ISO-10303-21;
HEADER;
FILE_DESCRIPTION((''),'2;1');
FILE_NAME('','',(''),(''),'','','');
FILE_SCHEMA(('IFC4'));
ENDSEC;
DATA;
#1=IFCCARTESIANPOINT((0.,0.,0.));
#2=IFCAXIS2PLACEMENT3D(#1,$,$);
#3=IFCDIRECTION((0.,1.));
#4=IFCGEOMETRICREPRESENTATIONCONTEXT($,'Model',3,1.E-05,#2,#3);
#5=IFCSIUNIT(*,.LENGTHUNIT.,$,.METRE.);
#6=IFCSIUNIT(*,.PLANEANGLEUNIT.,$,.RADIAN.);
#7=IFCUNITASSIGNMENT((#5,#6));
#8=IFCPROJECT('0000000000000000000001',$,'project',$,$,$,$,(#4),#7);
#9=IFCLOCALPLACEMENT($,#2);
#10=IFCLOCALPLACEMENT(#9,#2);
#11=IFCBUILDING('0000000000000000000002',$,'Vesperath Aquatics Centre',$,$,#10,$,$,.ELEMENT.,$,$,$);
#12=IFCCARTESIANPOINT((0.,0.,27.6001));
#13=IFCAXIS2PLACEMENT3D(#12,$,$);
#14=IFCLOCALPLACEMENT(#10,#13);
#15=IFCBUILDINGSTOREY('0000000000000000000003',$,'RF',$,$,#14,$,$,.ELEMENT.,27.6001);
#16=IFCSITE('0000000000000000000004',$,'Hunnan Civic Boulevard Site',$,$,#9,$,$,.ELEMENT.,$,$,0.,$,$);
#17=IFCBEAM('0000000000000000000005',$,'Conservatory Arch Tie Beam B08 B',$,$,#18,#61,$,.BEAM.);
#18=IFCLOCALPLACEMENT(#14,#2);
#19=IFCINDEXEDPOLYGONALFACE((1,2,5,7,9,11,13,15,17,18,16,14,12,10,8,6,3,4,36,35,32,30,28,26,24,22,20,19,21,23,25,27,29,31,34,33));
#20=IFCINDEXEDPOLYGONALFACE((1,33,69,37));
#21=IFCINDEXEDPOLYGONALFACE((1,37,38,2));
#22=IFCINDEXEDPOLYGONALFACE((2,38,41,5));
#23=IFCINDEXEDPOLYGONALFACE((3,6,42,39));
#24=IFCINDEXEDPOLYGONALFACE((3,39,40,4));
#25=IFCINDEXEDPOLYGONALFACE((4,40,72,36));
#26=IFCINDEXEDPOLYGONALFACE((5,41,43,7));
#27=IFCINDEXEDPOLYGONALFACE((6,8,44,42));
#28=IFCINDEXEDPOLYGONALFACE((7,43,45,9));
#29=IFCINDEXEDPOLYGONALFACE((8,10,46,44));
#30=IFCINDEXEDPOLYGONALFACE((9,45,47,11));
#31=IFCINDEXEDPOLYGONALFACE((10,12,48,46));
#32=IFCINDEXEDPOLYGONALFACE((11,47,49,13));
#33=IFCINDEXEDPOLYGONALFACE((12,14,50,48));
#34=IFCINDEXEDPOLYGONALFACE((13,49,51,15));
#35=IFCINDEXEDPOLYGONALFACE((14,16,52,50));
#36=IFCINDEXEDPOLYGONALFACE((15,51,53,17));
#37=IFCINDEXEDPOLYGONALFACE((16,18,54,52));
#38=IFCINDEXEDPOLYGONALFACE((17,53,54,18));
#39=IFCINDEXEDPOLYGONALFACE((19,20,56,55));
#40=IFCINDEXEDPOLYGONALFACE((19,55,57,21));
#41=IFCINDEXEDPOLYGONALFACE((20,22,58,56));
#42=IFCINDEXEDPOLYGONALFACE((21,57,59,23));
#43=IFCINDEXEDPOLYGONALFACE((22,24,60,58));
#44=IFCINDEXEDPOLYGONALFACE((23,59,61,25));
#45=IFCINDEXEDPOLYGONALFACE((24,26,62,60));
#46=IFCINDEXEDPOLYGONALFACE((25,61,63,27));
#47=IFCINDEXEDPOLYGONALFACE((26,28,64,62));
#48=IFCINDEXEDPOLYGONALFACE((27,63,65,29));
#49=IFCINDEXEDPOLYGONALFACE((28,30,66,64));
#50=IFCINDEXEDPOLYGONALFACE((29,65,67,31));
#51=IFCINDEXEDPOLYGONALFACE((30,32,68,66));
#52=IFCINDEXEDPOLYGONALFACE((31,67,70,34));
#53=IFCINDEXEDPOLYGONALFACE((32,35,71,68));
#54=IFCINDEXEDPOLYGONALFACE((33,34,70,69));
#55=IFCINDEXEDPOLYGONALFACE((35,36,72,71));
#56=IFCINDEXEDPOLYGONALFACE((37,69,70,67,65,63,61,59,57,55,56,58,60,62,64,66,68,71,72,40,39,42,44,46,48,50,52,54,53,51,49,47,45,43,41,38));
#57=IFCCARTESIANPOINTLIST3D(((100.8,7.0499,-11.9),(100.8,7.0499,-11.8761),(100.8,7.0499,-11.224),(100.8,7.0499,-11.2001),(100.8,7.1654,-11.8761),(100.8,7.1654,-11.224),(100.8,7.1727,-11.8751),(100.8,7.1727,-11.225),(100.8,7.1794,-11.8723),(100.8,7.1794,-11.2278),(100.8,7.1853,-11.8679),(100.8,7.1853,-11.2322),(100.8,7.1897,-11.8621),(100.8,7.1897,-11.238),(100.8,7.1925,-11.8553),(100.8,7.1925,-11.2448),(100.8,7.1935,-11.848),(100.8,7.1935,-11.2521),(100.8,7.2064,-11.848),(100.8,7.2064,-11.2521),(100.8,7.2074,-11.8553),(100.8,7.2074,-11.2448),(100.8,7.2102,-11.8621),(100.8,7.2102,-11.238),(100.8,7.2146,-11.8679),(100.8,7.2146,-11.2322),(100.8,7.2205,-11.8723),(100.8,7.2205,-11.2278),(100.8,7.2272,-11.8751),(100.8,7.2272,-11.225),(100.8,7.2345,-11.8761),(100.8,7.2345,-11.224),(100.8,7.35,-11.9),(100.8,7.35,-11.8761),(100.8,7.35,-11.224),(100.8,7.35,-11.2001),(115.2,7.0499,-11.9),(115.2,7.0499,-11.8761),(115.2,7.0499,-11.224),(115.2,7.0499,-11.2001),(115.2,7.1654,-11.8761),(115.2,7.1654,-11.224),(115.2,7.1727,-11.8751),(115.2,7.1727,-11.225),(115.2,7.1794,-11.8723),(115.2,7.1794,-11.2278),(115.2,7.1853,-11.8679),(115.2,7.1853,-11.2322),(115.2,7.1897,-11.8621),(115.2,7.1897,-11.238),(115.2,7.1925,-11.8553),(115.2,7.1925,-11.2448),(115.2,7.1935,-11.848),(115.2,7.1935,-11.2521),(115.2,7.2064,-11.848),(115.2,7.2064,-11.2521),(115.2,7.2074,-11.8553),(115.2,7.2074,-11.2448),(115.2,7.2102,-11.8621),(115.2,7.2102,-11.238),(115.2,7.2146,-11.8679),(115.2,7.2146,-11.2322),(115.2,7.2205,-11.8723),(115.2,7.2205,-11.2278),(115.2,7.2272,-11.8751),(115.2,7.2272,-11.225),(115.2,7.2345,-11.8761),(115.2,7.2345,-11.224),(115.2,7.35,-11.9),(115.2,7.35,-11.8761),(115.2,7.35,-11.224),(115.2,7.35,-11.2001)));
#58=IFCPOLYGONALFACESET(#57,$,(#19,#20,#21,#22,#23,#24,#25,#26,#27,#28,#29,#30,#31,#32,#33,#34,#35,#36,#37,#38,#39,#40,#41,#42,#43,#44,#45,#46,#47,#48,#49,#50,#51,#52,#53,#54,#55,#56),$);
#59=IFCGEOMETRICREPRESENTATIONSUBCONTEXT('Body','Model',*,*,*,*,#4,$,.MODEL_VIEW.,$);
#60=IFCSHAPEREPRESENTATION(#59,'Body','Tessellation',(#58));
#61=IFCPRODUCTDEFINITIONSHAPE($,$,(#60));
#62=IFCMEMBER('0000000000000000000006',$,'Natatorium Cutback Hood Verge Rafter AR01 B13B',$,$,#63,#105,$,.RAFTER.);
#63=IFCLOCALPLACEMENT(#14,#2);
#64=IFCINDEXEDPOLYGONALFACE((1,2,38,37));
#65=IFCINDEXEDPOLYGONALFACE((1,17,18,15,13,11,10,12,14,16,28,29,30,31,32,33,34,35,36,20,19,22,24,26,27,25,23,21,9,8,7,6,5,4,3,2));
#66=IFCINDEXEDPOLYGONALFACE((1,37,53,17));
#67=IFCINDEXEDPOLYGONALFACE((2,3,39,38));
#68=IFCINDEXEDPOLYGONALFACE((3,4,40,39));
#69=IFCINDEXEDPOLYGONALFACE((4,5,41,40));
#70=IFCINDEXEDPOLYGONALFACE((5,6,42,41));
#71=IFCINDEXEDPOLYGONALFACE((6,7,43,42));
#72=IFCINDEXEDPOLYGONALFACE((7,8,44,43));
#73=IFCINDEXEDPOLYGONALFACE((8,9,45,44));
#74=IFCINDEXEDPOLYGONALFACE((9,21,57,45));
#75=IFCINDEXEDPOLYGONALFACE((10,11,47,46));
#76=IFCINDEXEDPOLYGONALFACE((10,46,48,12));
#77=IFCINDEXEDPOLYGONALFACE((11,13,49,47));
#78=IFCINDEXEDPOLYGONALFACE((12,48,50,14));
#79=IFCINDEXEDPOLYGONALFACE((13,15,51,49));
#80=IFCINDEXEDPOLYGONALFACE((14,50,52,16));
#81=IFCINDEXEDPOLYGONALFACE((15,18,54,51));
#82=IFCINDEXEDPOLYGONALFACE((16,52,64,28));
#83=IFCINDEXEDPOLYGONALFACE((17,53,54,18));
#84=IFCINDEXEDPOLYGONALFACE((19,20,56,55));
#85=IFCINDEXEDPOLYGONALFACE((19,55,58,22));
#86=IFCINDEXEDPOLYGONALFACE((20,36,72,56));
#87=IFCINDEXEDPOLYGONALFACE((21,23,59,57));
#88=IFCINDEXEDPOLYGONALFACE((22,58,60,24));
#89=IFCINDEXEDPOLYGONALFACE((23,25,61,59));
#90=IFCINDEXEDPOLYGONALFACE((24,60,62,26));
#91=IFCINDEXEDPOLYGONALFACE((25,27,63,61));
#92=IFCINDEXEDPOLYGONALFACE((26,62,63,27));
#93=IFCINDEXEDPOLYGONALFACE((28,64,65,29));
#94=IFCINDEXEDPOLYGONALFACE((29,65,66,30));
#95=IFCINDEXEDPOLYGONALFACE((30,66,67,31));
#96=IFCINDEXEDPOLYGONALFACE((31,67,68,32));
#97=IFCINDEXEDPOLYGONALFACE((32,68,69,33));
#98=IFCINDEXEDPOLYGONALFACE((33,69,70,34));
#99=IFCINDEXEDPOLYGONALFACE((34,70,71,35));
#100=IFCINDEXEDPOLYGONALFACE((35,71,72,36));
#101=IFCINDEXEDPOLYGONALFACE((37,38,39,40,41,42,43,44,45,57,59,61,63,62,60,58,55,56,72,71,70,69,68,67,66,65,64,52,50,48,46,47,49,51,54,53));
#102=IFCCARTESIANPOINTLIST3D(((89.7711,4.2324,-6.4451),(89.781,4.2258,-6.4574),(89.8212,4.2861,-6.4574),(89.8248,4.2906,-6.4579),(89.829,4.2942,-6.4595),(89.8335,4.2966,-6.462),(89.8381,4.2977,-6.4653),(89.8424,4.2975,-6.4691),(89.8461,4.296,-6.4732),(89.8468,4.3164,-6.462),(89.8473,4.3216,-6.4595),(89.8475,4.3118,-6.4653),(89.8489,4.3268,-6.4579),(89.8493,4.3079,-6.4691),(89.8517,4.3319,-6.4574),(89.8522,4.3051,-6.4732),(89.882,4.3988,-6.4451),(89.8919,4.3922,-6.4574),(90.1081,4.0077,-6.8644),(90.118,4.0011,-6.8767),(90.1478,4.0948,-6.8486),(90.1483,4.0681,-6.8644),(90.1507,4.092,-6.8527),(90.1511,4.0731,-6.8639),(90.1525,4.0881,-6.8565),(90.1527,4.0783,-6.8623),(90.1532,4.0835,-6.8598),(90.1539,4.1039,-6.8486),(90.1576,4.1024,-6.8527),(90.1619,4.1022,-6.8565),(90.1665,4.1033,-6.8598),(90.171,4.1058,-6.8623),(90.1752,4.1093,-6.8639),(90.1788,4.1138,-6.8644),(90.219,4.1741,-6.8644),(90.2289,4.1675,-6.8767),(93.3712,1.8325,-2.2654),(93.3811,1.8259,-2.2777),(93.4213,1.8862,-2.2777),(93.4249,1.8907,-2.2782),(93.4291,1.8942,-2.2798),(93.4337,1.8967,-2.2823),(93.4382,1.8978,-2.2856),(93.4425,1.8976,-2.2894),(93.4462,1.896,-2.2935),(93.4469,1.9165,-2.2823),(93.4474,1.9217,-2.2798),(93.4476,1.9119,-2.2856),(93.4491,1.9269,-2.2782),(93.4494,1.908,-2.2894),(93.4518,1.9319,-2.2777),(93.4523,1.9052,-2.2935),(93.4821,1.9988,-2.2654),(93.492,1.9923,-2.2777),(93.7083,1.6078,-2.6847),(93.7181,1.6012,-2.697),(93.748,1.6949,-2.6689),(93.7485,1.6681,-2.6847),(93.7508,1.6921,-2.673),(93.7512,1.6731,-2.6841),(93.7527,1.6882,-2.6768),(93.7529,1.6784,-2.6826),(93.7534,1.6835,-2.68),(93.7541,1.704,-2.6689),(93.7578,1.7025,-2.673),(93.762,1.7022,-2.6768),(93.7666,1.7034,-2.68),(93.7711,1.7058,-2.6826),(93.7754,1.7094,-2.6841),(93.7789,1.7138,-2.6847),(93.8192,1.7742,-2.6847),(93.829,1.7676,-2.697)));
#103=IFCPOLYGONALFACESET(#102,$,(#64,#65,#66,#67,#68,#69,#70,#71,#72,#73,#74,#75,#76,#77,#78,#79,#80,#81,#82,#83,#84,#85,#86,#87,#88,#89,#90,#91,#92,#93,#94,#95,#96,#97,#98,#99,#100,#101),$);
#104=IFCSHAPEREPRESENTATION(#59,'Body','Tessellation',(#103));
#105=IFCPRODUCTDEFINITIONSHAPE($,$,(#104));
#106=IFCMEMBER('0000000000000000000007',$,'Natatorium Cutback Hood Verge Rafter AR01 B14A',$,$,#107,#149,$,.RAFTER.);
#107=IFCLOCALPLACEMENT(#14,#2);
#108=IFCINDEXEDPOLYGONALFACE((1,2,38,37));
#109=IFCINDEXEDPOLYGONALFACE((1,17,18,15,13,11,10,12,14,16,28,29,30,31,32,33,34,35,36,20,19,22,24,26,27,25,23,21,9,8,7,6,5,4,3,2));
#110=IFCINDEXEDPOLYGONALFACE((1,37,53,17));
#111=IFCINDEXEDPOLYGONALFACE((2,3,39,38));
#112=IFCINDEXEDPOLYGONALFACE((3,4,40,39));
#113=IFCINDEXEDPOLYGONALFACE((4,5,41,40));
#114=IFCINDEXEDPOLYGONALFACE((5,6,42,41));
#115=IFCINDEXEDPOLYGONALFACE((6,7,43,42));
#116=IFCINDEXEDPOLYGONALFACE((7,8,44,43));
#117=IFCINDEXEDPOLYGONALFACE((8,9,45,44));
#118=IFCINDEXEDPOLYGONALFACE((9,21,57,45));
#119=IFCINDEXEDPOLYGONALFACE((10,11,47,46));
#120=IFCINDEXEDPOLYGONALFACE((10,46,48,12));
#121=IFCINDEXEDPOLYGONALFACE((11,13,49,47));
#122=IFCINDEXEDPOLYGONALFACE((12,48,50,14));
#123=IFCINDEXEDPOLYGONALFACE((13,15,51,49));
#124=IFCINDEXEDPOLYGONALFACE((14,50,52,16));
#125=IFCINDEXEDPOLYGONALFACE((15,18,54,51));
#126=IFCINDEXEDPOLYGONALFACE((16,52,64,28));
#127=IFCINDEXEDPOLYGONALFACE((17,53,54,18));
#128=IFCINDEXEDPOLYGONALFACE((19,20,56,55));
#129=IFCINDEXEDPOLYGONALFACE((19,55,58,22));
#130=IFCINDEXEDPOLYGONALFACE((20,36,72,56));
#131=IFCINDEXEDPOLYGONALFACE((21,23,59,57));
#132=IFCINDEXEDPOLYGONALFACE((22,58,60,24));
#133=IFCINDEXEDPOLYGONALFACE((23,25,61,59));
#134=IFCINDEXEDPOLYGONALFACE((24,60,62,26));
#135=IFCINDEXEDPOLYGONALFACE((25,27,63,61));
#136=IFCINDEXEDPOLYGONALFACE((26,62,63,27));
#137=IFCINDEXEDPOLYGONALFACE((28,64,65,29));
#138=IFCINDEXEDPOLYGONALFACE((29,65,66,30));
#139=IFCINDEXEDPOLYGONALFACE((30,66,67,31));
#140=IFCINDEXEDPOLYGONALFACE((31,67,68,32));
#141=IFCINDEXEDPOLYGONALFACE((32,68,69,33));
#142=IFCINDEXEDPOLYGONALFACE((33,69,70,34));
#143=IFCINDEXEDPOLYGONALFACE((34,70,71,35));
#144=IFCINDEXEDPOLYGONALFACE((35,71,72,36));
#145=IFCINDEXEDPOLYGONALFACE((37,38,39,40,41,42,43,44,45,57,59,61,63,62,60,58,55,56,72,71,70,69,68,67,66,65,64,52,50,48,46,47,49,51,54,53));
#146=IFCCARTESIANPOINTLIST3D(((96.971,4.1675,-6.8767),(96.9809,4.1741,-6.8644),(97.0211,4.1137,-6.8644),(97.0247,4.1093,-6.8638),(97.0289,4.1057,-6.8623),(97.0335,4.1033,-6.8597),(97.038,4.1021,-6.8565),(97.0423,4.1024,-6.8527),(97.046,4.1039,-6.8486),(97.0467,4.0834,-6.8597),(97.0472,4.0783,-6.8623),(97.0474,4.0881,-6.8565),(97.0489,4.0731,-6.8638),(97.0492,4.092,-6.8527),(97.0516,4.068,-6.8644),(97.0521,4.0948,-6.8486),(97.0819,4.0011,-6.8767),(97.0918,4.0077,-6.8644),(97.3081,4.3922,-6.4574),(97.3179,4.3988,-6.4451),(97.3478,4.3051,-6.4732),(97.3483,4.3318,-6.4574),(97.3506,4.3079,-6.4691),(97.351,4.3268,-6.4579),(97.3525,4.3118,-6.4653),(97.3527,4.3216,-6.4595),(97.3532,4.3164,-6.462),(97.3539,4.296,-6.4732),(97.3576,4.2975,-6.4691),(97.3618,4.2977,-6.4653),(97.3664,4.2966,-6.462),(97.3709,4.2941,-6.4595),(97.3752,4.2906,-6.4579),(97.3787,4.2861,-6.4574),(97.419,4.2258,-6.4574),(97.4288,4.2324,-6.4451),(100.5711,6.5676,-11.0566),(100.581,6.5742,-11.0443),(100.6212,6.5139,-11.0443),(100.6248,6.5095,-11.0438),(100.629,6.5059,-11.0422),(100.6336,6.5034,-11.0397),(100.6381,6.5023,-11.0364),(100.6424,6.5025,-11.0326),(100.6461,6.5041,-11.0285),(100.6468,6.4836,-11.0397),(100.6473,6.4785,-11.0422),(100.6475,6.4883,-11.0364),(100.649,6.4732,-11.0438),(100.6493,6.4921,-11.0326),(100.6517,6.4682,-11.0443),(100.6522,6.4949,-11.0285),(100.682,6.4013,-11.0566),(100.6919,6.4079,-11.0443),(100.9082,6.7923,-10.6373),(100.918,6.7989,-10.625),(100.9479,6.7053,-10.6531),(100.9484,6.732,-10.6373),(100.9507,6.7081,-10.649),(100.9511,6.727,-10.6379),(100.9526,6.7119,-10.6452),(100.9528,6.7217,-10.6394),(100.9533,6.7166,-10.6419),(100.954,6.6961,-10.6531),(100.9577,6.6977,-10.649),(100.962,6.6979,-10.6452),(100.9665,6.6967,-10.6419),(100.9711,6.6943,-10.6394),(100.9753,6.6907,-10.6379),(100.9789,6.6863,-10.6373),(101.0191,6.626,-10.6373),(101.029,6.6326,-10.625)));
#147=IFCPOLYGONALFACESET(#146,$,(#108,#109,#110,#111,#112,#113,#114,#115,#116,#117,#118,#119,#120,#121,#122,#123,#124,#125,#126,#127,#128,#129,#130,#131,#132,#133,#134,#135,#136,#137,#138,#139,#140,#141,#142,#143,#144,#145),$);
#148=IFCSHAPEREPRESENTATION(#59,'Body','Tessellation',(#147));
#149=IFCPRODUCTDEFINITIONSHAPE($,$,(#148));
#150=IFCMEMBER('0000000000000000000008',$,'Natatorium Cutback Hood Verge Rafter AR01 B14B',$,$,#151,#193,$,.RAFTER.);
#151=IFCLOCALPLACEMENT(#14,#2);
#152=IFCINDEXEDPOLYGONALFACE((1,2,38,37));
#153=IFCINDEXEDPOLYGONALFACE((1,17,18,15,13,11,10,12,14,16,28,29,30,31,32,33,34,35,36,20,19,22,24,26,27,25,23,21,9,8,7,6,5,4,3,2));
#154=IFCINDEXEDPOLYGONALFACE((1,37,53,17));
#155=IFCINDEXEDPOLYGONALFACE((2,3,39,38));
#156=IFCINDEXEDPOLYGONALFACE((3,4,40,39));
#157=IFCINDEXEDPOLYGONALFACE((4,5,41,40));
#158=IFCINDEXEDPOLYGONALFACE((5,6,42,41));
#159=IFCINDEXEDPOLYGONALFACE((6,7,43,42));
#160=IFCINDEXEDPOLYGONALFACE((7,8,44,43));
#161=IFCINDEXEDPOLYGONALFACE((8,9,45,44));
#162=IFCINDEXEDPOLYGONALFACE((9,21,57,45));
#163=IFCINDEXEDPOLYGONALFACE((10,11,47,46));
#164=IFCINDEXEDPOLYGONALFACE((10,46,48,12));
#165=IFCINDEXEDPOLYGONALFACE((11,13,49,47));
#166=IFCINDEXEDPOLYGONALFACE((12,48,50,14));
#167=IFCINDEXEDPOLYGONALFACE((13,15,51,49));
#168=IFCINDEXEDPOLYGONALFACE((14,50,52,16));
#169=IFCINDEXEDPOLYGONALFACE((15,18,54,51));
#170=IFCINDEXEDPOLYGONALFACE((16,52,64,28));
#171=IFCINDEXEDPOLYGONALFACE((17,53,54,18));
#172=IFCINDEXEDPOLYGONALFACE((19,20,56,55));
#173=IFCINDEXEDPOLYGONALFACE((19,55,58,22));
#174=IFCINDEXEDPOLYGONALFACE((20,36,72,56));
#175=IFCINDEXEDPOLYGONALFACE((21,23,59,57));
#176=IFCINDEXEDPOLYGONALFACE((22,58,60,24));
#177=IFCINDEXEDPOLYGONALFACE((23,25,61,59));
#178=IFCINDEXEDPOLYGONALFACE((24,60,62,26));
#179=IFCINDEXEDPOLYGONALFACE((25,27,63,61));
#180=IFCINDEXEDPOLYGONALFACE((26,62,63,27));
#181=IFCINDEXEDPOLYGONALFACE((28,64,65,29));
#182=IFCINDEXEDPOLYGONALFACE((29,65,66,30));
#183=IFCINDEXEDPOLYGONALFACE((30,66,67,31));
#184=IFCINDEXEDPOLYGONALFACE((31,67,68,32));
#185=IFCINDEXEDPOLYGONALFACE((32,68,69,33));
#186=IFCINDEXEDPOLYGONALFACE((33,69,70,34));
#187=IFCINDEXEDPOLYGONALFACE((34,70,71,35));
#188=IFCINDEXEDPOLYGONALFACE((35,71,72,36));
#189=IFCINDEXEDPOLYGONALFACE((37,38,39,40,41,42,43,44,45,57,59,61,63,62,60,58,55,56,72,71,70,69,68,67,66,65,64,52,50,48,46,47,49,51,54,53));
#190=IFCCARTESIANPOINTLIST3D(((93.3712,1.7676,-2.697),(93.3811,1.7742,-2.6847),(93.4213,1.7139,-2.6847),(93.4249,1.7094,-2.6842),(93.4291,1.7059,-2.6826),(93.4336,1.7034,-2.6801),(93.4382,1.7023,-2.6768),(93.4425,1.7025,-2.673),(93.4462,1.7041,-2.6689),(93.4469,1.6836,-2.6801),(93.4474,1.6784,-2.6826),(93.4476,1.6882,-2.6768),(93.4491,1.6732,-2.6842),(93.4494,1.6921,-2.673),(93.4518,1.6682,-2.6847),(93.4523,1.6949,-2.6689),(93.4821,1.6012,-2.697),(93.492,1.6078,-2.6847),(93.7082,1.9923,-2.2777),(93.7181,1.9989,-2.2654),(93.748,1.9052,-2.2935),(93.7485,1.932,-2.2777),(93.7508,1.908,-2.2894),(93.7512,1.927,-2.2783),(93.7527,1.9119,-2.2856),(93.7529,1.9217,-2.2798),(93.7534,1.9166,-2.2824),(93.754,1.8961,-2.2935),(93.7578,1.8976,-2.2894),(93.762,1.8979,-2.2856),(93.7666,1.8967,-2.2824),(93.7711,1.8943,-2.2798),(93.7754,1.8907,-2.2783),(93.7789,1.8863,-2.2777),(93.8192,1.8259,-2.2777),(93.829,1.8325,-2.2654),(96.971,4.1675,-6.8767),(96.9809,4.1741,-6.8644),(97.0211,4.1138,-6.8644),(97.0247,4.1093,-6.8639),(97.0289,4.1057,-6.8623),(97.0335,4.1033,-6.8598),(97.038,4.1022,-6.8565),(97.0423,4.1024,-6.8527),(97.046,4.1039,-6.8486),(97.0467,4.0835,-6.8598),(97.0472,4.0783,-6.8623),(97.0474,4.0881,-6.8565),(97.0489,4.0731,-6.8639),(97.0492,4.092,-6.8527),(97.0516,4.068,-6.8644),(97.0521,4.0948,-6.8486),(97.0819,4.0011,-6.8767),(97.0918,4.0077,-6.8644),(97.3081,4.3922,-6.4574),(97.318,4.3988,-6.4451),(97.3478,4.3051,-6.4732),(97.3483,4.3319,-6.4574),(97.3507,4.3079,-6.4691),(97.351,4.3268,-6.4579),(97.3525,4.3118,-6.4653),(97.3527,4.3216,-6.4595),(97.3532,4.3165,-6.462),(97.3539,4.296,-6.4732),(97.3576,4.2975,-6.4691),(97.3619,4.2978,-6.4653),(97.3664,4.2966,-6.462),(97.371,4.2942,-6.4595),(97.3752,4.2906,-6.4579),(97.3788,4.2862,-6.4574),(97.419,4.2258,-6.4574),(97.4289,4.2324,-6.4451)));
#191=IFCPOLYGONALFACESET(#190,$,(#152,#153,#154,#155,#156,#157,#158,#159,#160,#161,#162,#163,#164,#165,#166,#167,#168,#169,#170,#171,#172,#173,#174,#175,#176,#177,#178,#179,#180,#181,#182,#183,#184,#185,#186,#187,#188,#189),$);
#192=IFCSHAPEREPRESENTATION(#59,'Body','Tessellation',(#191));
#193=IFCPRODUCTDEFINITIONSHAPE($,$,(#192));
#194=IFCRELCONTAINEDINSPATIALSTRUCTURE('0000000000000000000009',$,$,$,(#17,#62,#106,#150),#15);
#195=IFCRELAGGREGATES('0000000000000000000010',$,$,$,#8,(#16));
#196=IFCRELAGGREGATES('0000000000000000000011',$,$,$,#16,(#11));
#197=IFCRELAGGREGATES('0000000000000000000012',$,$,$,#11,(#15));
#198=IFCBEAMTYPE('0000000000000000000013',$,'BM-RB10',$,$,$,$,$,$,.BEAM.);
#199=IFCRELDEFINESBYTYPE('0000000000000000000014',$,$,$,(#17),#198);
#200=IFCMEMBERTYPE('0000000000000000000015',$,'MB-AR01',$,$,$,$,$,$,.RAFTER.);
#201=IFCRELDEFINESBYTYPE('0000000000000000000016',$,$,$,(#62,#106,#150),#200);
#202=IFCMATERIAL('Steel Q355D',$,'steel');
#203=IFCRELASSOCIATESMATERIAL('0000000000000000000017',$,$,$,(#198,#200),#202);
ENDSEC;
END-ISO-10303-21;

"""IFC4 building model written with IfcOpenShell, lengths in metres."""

from ifc_helpers import new_model, si_unit, direction, frame, origin, origin_2d, place, context, subcontext, project, spatial, i_section, extrude, material, material_profile, profile_set, type_object, element, save


model = new_model("IFC4")

# Units and contexts
model_context = context("Model", 3, precision=1e-05, world=origin(), true_north=direction((0.0, 1.0)))
body_context = subcontext(model_context, "Body", "Model", "MODEL_VIEW")
ifc_project = project(units=[si_unit("LENGTHUNIT", "METRE"), si_unit("PLANEANGLEUNIT", "RADIAN")], contexts=[model_context])

# Site, building, storey
site_placement = place(None, origin())
site = spatial("IfcSite", under=ifc_project, at=site_placement, Name="Hunnan Civic Boulevard Site", CompositionType="ELEMENT", RefElevation=0.0)
building_placement = place(site_placement, origin())
building = spatial("IfcBuilding", under=site, at=building_placement, Name="Vesperath Aquatics Centre", CompositionType="ELEMENT")
storey_placement = place(building_placement, frame((0.0, 0.0, 27.6001)))
storey = spatial("IfcBuildingStorey", under=building, at=storey_placement, Name="RF", CompositionType="ELEMENT", Elevation=27.6001)

# Beam
ifc_material_1 = material(Name="Steel Q355D", Category="steel")
ifc_material_profile_1 = material_profile(ifc_material_1, i_section(OverallWidth=0.3, OverallDepth=0.7, WebThickness=0.0129, FlangeThickness=0.0239, FilletRadius=0.0281, at=origin_2d()), Name="HN 700x300x13x24")
ifc_profile_set_1 = profile_set([ifc_material_profile_1], Name="Steel Q355D")
beam_type = type_object("IfcBeamType", Name="BM-RB10", PredefinedType="BEAM", material=ifc_profile_set_1)
beam_placement = place(storey_placement, frame((100.8, 7.2, -11.55), z_axis=(1.0, 0.0, 0.0), x_axis=(0.0, 1.0, 0.0)))
element("IfcBeam", 1, at=beam_placement, inside=storey, type_object=beam_type, Name="Conservatory Arch Tie Beam B08 B", PredefinedType="BEAM", context=body_context, shape_type="SweptSolid", body=[
    extrude(i_section(OverallWidth=0.3, OverallDepth=0.7, WebThickness=0.0129, FlangeThickness=0.0239, FilletRadius=0.0281, at=origin_2d()), origin(), (0.0, 0.0, 1.0), 14.3999),
])

# Members
ifc_material_profile_2 = material_profile(ifc_material_1, i_section(OverallWidth=0.2, OverallDepth=0.6001, WebThickness=0.011, FlangeThickness=0.0171, FilletRadius=0.022, at=origin_2d()), Name="HN 600x200x11x17")
ifc_profile_set_2 = profile_set([ifc_material_profile_2], Name="Steel Q355D")
member_type_1 = type_object("IfcMemberType", Name="MB-AR01", PredefinedType="RAFTER", material=ifc_profile_set_2)
member_1_placement = place(storey_placement, frame((90.0, 4.2, -6.6609), z_axis=(0.598439, -0.398932, 0.694783), x_axis=(0.554674, 0.832068, 0.0)))
element("IfcMember", 2, at=member_1_placement, inside=storey, type_object=member_type_1, Name="Natatorium Cutback Hood Verge Rafter AR01 B13B", PredefinedType="RAFTER", context=body_context, shape_type="SweptSolid", body=[
    extrude(i_section(OverallWidth=0.2, OverallDepth=0.6001, WebThickness=0.011, FlangeThickness=0.0171, FilletRadius=0.022, at=origin_2d()), origin(), (0.0, 0.0, 1.0), 6.0159),
])
member_2_placement = place(storey_placement, frame((100.8, 6.6001, -10.8408), z_axis=(-0.598412, -0.398955, 0.694793), x_axis=(0.554713, -0.832042, 0.0)))
element("IfcMember", 3, at=member_2_placement, inside=storey, type_object=member_type_1, Name="Natatorium Cutback Hood Verge Rafter AR01 B14A", PredefinedType="RAFTER", context=body_context, shape_type="SweptSolid", body=[
    extrude(i_section(OverallWidth=0.2, OverallDepth=0.6001, WebThickness=0.011, FlangeThickness=0.0171, FilletRadius=0.022, at=origin_2d()), origin(), (0.0, 0.0, 1.0), 6.0161),
])
member_3_placement = place(storey_placement, frame((97.2, 4.2, -6.6609), z_axis=(-0.598413, -0.398942, 0.6948), x_axis=(0.5547, -0.83205, 0.0)))
element("IfcMember", 4, at=member_3_placement, inside=storey, type_object=member_type_1, Name="Natatorium Cutback Hood Verge Rafter AR01 B14B", PredefinedType="RAFTER", context=body_context, shape_type="SweptSolid", body=[
    extrude(i_section(OverallWidth=0.2, OverallDepth=0.6001, WebThickness=0.011, FlangeThickness=0.0171, FilletRadius=0.022, at=origin_2d()), origin(), (0.0, 0.0, 1.0), 6.0156),
])

save(model, "model.ifc")
